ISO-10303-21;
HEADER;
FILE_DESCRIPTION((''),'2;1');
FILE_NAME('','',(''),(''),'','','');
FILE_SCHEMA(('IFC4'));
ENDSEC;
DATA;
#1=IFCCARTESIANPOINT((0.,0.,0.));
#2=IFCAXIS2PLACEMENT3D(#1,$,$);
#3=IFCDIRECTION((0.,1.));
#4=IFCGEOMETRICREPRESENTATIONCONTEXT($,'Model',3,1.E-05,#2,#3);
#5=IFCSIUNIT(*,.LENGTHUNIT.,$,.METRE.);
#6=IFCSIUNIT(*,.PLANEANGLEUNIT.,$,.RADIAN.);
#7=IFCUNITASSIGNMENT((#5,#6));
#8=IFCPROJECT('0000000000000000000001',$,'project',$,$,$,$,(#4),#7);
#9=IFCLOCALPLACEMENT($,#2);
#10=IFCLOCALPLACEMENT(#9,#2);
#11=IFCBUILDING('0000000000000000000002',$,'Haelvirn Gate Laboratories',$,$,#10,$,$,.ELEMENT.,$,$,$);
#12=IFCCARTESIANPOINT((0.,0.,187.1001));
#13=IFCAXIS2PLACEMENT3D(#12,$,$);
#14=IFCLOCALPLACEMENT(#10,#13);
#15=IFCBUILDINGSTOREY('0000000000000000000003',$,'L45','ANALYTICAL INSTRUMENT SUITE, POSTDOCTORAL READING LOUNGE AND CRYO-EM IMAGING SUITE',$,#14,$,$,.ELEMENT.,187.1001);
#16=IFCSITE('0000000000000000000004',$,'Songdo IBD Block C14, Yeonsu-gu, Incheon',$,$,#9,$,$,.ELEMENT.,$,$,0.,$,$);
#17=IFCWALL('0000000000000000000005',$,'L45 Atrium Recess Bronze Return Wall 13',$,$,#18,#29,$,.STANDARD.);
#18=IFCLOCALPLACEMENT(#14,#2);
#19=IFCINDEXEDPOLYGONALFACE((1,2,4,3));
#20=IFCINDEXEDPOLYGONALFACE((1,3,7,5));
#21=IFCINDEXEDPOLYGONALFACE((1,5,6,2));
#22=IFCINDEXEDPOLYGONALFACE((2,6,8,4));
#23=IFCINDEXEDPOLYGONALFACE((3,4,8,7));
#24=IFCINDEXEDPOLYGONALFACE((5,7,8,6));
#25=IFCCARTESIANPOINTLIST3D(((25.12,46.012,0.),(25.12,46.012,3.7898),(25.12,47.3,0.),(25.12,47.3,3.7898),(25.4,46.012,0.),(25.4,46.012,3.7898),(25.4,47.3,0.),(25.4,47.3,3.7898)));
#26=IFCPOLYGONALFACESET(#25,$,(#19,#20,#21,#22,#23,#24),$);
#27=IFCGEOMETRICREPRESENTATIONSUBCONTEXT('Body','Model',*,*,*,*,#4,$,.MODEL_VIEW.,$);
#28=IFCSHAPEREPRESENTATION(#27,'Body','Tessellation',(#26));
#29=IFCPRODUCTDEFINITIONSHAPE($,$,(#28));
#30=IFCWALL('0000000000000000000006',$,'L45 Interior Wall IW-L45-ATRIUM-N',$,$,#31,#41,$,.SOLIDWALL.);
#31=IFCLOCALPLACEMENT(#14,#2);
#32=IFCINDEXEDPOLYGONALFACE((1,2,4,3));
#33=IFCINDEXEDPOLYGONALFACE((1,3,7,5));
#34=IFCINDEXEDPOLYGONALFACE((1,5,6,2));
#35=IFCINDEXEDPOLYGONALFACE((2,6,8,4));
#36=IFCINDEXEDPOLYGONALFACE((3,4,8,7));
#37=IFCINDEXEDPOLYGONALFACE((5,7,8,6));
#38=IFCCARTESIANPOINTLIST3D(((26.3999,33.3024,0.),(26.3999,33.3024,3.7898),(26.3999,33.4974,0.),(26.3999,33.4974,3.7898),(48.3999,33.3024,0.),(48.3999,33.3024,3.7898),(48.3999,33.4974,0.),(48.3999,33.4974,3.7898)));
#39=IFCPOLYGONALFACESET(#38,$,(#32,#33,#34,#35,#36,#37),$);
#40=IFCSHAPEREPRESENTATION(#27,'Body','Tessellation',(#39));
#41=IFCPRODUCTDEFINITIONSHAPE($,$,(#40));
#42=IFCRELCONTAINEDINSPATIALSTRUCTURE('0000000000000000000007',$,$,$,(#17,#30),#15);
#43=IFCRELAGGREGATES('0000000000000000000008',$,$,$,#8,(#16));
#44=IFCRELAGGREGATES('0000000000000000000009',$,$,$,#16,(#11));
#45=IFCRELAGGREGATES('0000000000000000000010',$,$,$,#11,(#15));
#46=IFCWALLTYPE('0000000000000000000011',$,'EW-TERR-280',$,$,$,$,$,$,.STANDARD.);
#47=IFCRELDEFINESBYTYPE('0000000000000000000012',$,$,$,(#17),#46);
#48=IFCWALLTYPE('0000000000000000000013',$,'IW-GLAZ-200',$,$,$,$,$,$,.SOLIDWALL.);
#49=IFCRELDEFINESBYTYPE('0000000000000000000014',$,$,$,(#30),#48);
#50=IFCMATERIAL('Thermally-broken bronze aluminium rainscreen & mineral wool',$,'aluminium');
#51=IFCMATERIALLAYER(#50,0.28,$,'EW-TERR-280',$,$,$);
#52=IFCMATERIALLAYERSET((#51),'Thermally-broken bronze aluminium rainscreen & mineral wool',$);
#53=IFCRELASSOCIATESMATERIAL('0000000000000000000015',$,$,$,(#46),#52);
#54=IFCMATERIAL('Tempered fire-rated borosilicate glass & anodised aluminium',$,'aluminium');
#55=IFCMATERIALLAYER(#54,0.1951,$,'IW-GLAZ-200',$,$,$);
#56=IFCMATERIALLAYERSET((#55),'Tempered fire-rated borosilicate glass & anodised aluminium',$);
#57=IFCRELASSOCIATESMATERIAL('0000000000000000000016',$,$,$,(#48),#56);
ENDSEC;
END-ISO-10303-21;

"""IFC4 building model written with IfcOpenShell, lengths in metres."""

from ifc_helpers import new_model, si_unit, direction, frame, frame_2d, origin, place, context, subcontext, project, spatial, rectangle, extrude, material, layer, layer_set, type_object, element, save


model = new_model("IFC4")

# Units and contexts
model_context = context("Model", 3, precision=1e-05, world=origin(), true_north=direction((0.0, 1.0)))
body_context = subcontext(model_context, "Body", "Model", "MODEL_VIEW")
ifc_project = project(units=[si_unit("LENGTHUNIT", "METRE"), si_unit("PLANEANGLEUNIT", "RADIAN")], contexts=[model_context])

# Site, building, storey
site_placement = place(None, origin())
site = spatial("IfcSite", under=ifc_project, at=site_placement, Name="Songdo IBD Block C14, Yeonsu-gu, Incheon", CompositionType="ELEMENT", RefElevation=0.0)
building_placement = place(site_placement, origin())
building = spatial("IfcBuilding", under=site, at=building_placement, Name="Haelvirn Gate Laboratories", CompositionType="ELEMENT")
storey_placement = place(building_placement, frame((0.0, 0.0, 187.1001)))
storey = spatial("IfcBuildingStorey", under=building, at=storey_placement, Name="L45", Description="ANALYTICAL INSTRUMENT SUITE, POSTDOCTORAL READING LOUNGE AND CRYO-EM IMAGING SUITE", CompositionType="ELEMENT", Elevation=187.1001)

# Walls
ifc_material_1 = material(Name="Thermally-broken bronze aluminium rainscreen & mineral wool", Category="aluminium")
ifc_layer_1 = layer(ifc_material_1, 0.28, Name="EW-TERR-280")
ifc_layer_set_1 = layer_set([ifc_layer_1], Name="Thermally-broken bronze aluminium rainscreen & mineral wool")
wall_type_1 = type_object("IfcWallType", Name="EW-TERR-280", PredefinedType="STANDARD", material=ifc_layer_set_1)
wall_1_placement = place(storey_placement, frame((25.26, 46.012, 0.0), z_axis=(0.0, 0.0, 1.0), x_axis=(0.0, 1.0, 0.0)))
element("IfcWall", 1, at=wall_1_placement, inside=storey, type_object=wall_type_1, Name="L45 Atrium Recess Bronze Return Wall 13", PredefinedType="STANDARD", context=body_context, shape_type="SweptSolid", body=[
    extrude(rectangle(XDim=1.2881, YDim=0.28, at=frame_2d((0.644, 0.0))), origin(), (0.0, 0.0, 1.0), 3.7898),
])
ifc_material_2 = material(Name="Tempered fire-rated borosilicate glass & anodised aluminium", Category="aluminium")
ifc_layer_2 = layer(ifc_material_2, 0.1951, Name="IW-GLAZ-200")
ifc_layer_set_2 = layer_set([ifc_layer_2], Name="Tempered fire-rated borosilicate glass & anodised aluminium")
wall_type_2 = type_object("IfcWallType", Name="IW-GLAZ-200", PredefinedType="SOLIDWALL", material=ifc_layer_set_2)
wall_2_placement = place(storey_placement, frame((26.3999, 33.3999, 0.0), z_axis=(0.0, 0.0, 1.0), x_axis=(1.0, 0.0, 0.0)))
element("IfcWall", 2, at=wall_2_placement, inside=storey, type_object=wall_type_2, Name="L45 Interior Wall IW-L45-ATRIUM-N", PredefinedType="SOLIDWALL", context=body_context, shape_type="SweptSolid", body=[
    extrude(rectangle(XDim=22.0, YDim=0.1951, at=frame_2d((11.0, 0.0))), origin(), (0.0, 0.0, 1.0), 3.7898),
])

save(model, "model.ifc")
